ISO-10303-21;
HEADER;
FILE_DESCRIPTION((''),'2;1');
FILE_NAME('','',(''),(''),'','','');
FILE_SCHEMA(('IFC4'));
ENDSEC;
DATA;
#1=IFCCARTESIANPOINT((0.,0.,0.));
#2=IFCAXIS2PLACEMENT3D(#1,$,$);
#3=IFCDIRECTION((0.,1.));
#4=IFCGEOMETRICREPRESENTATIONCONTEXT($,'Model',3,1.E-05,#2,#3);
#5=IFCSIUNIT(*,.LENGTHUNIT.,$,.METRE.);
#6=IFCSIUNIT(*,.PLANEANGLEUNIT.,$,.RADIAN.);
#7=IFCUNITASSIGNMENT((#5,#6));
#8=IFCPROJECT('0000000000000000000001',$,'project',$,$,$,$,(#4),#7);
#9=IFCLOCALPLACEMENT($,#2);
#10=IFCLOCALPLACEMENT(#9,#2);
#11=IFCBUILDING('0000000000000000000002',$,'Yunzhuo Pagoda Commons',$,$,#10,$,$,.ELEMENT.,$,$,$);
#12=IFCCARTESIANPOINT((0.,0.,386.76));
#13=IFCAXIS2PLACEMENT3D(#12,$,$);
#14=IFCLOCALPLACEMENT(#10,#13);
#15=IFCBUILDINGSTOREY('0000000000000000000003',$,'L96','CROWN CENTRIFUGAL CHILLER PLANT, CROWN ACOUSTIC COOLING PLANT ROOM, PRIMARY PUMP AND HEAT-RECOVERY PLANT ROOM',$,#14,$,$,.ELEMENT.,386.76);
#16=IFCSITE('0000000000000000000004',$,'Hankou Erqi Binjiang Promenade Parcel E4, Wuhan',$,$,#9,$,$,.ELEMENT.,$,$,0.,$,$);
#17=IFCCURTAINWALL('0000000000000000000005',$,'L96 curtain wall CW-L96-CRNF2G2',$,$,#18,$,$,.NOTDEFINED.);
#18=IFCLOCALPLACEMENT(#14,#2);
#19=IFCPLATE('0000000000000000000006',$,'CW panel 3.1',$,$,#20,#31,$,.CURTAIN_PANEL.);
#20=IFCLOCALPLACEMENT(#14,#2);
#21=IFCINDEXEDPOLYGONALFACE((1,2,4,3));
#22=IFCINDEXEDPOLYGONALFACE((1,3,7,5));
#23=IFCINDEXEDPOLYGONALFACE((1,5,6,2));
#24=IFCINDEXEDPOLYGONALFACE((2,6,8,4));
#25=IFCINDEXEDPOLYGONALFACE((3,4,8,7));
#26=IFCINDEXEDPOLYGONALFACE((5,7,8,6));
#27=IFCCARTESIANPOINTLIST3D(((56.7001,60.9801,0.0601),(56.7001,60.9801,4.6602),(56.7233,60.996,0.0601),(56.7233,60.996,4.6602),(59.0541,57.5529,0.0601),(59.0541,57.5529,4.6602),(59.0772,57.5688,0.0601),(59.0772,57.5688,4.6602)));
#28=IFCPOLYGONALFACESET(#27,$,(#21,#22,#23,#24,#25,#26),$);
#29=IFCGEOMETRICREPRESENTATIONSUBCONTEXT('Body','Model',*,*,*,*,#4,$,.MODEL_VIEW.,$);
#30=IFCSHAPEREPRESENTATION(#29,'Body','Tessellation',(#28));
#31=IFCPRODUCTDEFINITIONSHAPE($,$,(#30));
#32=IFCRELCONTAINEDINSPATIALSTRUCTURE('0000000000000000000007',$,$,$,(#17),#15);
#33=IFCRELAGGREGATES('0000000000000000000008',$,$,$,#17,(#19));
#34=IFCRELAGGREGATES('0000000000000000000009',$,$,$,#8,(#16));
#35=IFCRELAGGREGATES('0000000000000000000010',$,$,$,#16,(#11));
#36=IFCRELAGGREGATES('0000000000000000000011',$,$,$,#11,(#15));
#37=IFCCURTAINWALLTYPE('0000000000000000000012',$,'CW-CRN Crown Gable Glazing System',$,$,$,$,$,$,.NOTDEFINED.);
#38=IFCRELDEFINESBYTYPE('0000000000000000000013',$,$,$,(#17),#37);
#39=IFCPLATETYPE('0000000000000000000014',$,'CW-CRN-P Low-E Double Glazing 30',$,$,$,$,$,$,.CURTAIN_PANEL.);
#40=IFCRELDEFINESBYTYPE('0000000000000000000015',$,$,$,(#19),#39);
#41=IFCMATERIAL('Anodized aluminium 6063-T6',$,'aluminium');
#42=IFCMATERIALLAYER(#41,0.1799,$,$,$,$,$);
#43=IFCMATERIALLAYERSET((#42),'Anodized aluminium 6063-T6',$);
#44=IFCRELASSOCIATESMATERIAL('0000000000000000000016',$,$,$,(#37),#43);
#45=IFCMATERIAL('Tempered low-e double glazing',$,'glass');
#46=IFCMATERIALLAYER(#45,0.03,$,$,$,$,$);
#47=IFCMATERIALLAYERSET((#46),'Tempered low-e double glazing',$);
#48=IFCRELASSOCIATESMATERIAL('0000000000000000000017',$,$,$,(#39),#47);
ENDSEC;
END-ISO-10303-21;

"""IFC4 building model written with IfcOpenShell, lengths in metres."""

from ifc_helpers import new_model, si_unit, direction, frame, origin, origin_2d, place, context, subcontext, project, spatial, rectangle, extrude, source, transform, mapped, material, layer, layer_set, type_object, element, aggregate, save


model = new_model("IFC4")

# Units and contexts
model_context = context("Model", 3, precision=1e-05, world=origin(), true_north=direction((0.0, 1.0)))
body_context = subcontext(model_context, "Body", "Model", "MODEL_VIEW")
ifc_project = project(units=[si_unit("LENGTHUNIT", "METRE"), si_unit("PLANEANGLEUNIT", "RADIAN")], contexts=[model_context])

# Site, building, storey
site_placement = place(None, origin())
site = spatial("IfcSite", under=ifc_project, at=site_placement, Name="Hankou Erqi Binjiang Promenade Parcel E4, Wuhan", CompositionType="ELEMENT", RefElevation=0.0)
building_placement = place(site_placement, origin())
building = spatial("IfcBuilding", under=site, at=building_placement, Name="Yunzhuo Pagoda Commons", CompositionType="ELEMENT")
storey_placement = place(building_placement, frame((0.0, 0.0, 386.76)))
storey = spatial("IfcBuildingStorey", under=building, at=storey_placement, Name="L96", Description="CROWN CENTRIFUGAL CHILLER PLANT, CROWN ACOUSTIC COOLING PLANT ROOM, PRIMARY PUMP AND HEAT-RECOVERY PLANT ROOM", CompositionType="ELEMENT", Elevation=386.76)

# Shared definitions
ifc_material_1 = material(Name="Anodized aluminium 6063-T6", Category="aluminium")
ifc_layer_1 = layer(ifc_material_1, 0.1799)
ifc_layer_set_1 = layer_set([ifc_layer_1], Name="Anodized aluminium 6063-T6")
curtain_wall_type = type_object("IfcCurtainWallType", Name="CW-CRN Crown Gable Glazing System", PredefinedType="NOTDEFINED", material=ifc_layer_set_1)

# Curtain wall, plate
curtain_wall_1_placement = place(storey_placement, origin())
curtain_wall_1 = element("IfcCurtainWall", 1, at=curtain_wall_1_placement, inside=storey, type_object=curtain_wall_type, Name="L96 curtain wall CW-L96-CRNF2G2", PredefinedType="NOTDEFINED")
ifc_material_2 = material(Name="Tempered low-e double glazing", Category="glass")
ifc_layer_2 = layer(ifc_material_2, 0.03)
ifc_layer_set_2 = layer_set([ifc_layer_2], Name="Tempered low-e double glazing")
plate_type = type_object("IfcPlateType", Name="CW-CRN-P Low-E Double Glazing 30", PredefinedType="CURTAIN_PANEL", material=ifc_layer_set_2)
shared_shape_1 = source(origin(), body_context, "Body", "SweptSolid", [
    extrude(rectangle(XDim=4.1577, YDim=0.0281, at=origin_2d()), origin(), (0.0, 0.0, 1.0), 4.6001),
])
plate_1_placement = place(storey_placement, frame((57.8887, 59.2744, 0.0601), z_axis=(0.0, 0.0, 1.0), x_axis=(-0.566159, 0.824296, 0.0)))
plate_1 = element("IfcPlate", 2, at=plate_1_placement, type_object=plate_type, Name="CW panel 3.1", PredefinedType="CURTAIN_PANEL", context=body_context, shape_type="MappedRepresentation", body=[
    mapped(shared_shape_1, transform((0.0, 0.0, 0.0), scale=1.0)),
])
aggregate(curtain_wall_1, [plate_1])

save(model, "model.ifc")
